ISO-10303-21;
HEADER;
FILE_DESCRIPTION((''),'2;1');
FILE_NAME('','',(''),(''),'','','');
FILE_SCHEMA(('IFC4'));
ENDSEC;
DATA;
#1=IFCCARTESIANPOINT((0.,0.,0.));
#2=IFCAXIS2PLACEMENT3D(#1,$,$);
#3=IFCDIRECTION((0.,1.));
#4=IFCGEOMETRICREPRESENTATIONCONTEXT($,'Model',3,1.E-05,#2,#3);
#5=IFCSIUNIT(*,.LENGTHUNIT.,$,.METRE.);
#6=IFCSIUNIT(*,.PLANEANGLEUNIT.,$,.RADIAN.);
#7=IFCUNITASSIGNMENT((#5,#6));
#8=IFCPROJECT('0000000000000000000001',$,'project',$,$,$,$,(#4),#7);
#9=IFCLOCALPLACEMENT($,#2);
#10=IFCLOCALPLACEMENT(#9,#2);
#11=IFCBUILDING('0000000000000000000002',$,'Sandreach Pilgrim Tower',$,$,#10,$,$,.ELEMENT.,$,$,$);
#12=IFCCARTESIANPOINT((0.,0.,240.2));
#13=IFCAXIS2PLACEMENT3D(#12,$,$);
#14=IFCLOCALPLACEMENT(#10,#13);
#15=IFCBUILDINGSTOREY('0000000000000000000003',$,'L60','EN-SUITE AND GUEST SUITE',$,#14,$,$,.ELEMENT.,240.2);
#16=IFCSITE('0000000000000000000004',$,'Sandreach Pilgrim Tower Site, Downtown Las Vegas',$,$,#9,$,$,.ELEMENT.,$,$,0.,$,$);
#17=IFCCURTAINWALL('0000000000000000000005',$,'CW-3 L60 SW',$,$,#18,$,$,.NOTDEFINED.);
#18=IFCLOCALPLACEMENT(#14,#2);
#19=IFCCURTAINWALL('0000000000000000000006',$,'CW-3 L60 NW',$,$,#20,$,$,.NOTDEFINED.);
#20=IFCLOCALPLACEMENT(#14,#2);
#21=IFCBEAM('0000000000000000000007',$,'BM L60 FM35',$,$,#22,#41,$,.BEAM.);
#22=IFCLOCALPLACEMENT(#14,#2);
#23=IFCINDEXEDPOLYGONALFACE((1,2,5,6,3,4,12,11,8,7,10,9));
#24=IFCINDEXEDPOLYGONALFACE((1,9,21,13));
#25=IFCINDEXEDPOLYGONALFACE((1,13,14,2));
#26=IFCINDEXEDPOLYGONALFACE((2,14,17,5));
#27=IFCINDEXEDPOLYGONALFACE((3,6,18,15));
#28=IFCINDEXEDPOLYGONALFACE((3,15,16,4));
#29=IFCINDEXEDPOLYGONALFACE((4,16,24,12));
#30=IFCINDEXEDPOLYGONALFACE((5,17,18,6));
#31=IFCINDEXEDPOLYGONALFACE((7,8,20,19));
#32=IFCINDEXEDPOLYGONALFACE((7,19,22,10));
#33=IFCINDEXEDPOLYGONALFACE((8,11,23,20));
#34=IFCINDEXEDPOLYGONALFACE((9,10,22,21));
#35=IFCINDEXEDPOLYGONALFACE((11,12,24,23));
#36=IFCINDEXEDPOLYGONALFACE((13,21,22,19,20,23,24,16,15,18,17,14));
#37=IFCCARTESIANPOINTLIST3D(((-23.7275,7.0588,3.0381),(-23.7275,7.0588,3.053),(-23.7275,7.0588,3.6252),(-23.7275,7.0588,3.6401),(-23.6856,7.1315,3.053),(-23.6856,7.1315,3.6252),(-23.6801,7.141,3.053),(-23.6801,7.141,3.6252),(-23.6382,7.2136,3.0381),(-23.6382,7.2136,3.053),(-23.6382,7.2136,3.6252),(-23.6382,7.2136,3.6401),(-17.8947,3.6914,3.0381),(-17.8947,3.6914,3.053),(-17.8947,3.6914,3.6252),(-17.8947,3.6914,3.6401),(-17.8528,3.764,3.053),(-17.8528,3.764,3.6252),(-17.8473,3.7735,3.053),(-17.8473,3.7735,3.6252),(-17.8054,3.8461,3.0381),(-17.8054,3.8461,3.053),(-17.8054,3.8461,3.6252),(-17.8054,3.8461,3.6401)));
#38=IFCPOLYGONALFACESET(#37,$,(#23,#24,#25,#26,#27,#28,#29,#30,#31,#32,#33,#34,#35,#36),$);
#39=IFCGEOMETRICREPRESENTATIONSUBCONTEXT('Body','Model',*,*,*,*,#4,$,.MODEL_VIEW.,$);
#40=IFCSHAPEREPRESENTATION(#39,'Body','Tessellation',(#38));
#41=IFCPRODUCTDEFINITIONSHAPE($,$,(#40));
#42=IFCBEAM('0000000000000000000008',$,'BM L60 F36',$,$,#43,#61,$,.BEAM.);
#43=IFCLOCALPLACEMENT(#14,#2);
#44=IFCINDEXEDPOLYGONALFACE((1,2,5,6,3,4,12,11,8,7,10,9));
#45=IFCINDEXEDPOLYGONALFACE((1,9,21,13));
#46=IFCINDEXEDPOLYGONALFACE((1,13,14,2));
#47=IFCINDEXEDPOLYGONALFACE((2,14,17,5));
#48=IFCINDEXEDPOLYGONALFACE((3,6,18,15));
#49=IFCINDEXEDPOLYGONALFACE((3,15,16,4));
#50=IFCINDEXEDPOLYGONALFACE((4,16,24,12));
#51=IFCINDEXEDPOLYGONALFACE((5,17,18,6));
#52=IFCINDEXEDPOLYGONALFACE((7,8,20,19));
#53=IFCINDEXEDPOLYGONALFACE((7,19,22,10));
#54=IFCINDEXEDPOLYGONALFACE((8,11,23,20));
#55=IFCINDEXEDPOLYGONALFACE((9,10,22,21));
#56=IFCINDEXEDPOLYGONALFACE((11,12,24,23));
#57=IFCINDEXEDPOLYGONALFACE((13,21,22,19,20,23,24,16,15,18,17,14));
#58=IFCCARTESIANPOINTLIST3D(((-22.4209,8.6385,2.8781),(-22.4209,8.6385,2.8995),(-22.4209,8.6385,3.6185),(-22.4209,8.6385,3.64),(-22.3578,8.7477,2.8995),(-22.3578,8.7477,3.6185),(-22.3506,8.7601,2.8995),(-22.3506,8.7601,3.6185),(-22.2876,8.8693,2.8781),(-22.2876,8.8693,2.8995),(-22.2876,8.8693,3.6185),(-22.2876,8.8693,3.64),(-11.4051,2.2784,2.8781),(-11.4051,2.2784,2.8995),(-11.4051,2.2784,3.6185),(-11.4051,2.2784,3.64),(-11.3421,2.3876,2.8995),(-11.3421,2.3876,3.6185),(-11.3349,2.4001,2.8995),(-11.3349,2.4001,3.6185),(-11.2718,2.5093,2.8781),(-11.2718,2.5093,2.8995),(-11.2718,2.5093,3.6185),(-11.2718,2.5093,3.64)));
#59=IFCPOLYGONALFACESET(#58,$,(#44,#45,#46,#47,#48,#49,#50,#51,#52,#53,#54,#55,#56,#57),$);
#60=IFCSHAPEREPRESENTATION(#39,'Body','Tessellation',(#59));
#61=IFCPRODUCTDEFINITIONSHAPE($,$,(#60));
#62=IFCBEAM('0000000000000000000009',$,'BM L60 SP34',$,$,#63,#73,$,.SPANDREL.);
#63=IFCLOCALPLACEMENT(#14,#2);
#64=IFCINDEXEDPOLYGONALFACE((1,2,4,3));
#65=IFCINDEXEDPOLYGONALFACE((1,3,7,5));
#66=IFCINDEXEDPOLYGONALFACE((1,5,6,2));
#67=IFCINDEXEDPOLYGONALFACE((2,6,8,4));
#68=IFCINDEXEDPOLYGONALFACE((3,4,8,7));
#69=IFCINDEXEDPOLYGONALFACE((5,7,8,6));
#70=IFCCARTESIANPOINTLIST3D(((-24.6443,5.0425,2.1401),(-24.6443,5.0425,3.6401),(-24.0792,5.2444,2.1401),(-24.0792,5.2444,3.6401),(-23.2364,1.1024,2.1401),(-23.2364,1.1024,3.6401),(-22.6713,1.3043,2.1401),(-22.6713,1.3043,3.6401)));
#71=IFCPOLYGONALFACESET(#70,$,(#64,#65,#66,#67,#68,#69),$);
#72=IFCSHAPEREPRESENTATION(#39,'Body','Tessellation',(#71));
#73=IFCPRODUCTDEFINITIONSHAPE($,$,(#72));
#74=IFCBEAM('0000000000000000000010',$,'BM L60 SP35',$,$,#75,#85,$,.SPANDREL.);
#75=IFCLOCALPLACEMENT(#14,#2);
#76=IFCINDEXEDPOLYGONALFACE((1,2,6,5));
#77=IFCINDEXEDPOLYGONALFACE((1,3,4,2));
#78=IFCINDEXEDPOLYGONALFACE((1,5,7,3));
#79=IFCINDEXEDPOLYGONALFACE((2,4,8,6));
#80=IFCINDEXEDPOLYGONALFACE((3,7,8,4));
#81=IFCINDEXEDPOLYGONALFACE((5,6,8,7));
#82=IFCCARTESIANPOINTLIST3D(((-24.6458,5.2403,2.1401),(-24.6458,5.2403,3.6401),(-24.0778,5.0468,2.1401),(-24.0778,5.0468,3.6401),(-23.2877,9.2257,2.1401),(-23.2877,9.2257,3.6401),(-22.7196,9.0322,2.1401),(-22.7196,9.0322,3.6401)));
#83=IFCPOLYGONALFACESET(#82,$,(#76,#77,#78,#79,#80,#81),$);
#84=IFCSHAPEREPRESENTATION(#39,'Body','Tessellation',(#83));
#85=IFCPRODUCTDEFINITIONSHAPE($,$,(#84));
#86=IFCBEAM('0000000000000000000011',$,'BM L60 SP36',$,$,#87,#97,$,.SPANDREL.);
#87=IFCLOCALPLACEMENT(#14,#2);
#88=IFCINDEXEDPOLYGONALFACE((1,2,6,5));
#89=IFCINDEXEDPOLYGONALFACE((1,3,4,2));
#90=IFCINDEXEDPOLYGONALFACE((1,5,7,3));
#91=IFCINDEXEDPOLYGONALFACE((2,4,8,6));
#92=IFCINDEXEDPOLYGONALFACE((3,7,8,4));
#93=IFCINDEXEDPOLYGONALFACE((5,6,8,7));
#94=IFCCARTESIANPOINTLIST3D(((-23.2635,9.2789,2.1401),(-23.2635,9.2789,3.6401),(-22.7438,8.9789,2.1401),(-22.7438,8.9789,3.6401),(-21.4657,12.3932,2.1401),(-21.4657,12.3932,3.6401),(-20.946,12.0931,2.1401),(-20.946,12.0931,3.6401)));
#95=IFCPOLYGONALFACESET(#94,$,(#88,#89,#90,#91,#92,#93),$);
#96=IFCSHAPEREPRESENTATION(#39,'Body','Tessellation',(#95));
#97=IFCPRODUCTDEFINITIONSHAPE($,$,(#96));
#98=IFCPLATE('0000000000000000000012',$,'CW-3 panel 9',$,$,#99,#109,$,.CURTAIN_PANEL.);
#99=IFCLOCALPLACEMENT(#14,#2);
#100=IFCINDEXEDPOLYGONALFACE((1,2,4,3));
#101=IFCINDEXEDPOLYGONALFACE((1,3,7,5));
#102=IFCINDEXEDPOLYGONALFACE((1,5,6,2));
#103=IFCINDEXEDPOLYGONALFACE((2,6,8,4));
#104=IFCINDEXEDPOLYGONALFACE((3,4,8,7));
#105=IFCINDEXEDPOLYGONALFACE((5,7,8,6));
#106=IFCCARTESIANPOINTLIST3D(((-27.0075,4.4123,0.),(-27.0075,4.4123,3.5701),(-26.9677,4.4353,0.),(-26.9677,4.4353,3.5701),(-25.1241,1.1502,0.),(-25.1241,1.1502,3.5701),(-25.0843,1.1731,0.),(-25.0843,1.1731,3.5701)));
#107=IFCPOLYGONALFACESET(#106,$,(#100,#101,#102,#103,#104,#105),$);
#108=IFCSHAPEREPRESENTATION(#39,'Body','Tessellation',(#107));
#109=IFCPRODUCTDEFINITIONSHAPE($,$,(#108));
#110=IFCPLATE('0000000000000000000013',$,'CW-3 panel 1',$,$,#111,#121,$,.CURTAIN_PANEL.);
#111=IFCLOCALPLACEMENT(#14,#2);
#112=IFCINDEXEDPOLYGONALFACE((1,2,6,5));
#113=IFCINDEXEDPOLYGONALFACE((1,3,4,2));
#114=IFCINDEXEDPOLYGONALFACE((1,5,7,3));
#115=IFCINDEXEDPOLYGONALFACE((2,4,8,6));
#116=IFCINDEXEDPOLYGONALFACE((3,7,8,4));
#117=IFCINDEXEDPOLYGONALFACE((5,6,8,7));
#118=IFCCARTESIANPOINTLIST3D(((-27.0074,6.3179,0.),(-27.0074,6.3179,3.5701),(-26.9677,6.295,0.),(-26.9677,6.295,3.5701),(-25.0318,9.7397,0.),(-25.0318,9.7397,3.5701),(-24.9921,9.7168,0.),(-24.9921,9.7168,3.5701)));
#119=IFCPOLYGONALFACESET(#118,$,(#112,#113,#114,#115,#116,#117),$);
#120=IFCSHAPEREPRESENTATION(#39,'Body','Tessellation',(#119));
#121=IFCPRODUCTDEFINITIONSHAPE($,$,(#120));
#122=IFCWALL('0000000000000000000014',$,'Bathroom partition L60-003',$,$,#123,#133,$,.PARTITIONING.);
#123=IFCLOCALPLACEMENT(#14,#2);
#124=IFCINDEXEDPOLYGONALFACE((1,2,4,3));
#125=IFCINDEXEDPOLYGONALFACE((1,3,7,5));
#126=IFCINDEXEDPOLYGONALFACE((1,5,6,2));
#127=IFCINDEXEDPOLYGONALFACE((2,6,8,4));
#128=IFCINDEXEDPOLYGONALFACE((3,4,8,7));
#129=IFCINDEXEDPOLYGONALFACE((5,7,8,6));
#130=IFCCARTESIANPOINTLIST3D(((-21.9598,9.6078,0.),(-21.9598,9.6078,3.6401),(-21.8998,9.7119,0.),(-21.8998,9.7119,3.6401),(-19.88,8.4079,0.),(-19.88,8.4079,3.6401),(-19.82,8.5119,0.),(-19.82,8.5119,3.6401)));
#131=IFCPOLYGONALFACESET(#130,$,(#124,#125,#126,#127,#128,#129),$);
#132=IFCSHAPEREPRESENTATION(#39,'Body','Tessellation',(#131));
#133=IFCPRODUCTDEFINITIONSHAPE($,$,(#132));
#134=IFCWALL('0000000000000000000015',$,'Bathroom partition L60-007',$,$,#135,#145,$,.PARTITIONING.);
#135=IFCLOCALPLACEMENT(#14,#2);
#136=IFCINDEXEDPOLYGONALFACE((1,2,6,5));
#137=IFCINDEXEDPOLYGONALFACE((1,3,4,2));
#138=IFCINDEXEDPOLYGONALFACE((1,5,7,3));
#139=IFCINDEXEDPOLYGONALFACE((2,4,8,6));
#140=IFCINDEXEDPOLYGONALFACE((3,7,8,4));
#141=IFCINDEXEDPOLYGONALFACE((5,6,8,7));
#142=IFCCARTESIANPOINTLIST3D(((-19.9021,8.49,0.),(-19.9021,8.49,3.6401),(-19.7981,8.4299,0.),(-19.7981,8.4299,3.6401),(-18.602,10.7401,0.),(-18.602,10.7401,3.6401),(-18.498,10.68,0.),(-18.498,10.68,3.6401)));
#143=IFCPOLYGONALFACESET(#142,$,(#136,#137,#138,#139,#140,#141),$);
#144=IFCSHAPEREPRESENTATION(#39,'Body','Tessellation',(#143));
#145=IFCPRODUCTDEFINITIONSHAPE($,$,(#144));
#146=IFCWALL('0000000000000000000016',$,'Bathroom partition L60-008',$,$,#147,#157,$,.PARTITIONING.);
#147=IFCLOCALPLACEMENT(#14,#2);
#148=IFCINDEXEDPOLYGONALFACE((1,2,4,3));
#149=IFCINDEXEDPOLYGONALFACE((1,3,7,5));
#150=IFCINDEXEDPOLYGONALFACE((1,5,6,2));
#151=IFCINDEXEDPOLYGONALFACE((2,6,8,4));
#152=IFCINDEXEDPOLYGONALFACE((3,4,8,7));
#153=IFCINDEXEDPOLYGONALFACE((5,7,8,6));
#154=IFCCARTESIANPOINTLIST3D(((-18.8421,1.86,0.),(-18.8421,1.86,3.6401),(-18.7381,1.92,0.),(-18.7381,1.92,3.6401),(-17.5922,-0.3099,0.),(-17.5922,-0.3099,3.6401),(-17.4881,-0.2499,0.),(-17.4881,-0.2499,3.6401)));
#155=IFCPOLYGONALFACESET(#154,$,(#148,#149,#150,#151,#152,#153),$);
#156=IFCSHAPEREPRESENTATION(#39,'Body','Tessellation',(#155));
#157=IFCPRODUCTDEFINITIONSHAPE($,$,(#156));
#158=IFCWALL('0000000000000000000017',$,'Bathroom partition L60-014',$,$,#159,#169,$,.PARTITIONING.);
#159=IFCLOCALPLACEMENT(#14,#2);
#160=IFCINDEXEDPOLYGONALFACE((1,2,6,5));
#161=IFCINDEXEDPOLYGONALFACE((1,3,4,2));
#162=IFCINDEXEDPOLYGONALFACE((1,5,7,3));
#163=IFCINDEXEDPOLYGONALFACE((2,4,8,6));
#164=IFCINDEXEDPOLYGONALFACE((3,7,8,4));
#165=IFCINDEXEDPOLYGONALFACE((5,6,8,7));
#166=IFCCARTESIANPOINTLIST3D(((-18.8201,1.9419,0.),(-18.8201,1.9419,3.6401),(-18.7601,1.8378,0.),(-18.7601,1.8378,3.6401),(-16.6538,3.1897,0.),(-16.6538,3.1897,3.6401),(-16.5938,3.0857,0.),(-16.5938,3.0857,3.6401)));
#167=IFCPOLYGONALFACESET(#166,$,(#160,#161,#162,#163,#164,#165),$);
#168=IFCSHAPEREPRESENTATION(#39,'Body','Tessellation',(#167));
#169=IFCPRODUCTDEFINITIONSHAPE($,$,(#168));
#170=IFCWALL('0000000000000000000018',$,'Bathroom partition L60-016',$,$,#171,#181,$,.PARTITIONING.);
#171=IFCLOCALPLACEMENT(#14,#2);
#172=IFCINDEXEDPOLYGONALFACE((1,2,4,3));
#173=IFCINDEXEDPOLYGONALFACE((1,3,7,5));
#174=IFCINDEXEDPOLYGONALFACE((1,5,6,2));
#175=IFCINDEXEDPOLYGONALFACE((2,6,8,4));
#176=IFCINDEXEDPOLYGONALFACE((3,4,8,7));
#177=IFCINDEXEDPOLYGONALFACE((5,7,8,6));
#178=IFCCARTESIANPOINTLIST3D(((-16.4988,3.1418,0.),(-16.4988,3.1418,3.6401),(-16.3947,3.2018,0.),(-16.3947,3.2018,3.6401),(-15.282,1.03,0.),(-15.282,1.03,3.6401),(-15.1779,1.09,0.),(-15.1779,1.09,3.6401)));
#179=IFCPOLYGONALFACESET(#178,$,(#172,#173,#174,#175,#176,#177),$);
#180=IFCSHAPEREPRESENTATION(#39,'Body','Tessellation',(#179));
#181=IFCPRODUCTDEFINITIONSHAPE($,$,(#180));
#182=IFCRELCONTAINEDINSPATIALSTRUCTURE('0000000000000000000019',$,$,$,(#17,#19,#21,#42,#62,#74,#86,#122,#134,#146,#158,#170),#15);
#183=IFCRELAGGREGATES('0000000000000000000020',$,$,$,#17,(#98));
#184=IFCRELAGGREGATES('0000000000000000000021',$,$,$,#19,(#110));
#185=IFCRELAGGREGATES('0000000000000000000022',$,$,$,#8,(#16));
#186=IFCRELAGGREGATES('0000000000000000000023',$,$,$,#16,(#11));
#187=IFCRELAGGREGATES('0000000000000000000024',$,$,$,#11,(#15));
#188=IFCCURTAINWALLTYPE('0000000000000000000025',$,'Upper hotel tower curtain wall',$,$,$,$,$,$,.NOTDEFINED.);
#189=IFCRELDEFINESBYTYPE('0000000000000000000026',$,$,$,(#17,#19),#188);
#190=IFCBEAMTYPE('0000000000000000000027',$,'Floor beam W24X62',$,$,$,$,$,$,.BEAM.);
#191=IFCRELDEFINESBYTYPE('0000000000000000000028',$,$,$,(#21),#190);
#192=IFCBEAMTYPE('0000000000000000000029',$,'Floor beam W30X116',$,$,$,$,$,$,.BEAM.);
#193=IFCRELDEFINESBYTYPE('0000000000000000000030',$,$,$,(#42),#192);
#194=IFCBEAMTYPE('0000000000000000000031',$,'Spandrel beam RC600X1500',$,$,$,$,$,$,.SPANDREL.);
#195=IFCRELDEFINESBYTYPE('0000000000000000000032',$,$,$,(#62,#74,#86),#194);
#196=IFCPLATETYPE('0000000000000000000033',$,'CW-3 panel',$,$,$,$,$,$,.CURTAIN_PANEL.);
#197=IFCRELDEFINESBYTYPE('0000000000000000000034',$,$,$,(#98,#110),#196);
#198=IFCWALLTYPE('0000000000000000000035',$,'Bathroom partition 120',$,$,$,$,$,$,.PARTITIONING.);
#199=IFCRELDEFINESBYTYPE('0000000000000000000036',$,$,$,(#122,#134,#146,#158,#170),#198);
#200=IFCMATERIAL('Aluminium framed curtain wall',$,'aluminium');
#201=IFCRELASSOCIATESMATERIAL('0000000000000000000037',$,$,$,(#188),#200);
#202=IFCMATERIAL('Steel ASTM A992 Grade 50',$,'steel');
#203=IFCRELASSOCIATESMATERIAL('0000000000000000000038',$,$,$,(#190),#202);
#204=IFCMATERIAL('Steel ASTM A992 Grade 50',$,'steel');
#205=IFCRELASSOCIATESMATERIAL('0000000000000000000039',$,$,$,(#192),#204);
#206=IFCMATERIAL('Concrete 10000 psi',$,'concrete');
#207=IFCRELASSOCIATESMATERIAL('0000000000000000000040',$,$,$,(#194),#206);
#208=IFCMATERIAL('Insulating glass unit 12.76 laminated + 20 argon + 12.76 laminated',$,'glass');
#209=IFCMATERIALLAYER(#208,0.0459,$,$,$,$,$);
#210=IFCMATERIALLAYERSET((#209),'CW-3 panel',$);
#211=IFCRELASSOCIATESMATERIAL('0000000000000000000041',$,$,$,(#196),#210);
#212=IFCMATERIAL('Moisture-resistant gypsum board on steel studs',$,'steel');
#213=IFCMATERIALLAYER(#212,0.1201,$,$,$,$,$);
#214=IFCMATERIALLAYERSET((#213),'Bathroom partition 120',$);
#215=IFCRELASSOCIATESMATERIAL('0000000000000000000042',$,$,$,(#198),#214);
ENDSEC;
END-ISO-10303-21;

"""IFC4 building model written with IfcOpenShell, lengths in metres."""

from ifc_helpers import new_model, si_unit, direction, frame, frame_2d, origin, origin_2d, place, context, subcontext, project, spatial, rectangle, i_section, extrude, material, layer, layer_set, material_profile, profile_set, type_object, element, aggregate, save


model = new_model("IFC4")

# Units and contexts
model_context = context("Model", 3, precision=1e-05, world=origin(), true_north=direction((0.0, 1.0)))
body_context = subcontext(model_context, "Body", "Model", "MODEL_VIEW")
ifc_project = project(units=[si_unit("LENGTHUNIT", "METRE"), si_unit("PLANEANGLEUNIT", "RADIAN")], contexts=[model_context])

# Site, building, storey
site_placement = place(None, origin())
site = spatial("IfcSite", under=ifc_project, at=site_placement, Name="Sandreach Pilgrim Tower Site, Downtown Las Vegas", CompositionType="ELEMENT", RefElevation=0.0)
building_placement = place(site_placement, origin())
building = spatial("IfcBuilding", under=site, at=building_placement, Name="Sandreach Pilgrim Tower", CompositionType="ELEMENT")
storey_placement = place(building_placement, frame((0.0, 0.0, 240.2)))
storey = spatial("IfcBuildingStorey", under=building, at=storey_placement, Name="L60", Description="EN-SUITE AND GUEST SUITE", CompositionType="ELEMENT", Elevation=240.2)

# Curtain wall
ifc_material_1 = material(Name="Aluminium framed curtain wall", Category="aluminium")
curtain_wall_type = type_object("IfcCurtainWallType", Name="Upper hotel tower curtain wall", PredefinedType="NOTDEFINED", material=ifc_material_1)
curtain_wall_1_placement = place(storey_placement, origin())
curtain_wall_1 = element("IfcCurtainWall", 1, at=curtain_wall_1_placement, inside=storey, type_object=curtain_wall_type, Name="CW-3 L60 SW", PredefinedType="NOTDEFINED")

# Curtain wall
curtain_wall_2_placement = place(storey_placement, origin())
curtain_wall_2 = element("IfcCurtainWall", 2, at=curtain_wall_2_placement, inside=storey, type_object=curtain_wall_type, Name="CW-3 L60 NW", PredefinedType="NOTDEFINED")

# Beams
ifc_material_2 = material(Name="Steel ASTM A992 Grade 50", Category="steel")
ifc_material_profile_1 = material_profile(ifc_material_2, i_section(OverallWidth=0.1787, OverallDepth=0.6021, WebThickness=0.011, FlangeThickness=0.0149, at=origin_2d()), Name="W24X62")
ifc_profile_set_1 = profile_set([ifc_material_profile_1], Name="Steel ASTM A992 Grade 50")
beam_type_1 = type_object("IfcBeamType", Name="Floor beam W24X62", PredefinedType="BEAM", material=ifc_profile_set_1)
beam_1_placement = place(storey_placement, frame((-23.6829, 7.1362, 3.3391), z_axis=(0.866033, -0.499987, 0.0), x_axis=(0.499987, 0.866033, 0.0)))
element("IfcBeam", 3, at=beam_1_placement, inside=storey, type_object=beam_type_1, Name="BM L60 FM35", PredefinedType="BEAM", context=body_context, shape_type="SweptSolid", body=[
    extrude(i_section(OverallWidth=0.1787, OverallDepth=0.6021, WebThickness=0.011, FlangeThickness=0.0149, at=origin_2d()), origin(), (0.0, 0.0, 1.0), 6.7351),
])
ifc_material_3 = material(Name="Steel ASTM A992 Grade 50", Category="steel")
ifc_material_profile_2 = material_profile(ifc_material_3, i_section(OverallWidth=0.2666, OverallDepth=0.762, WebThickness=0.0144, FlangeThickness=0.0215, at=origin_2d()), Name="W30X116")
ifc_profile_set_2 = profile_set([ifc_material_profile_2], Name="Steel ASTM A992 Grade 50")
beam_type_2 = type_object("IfcBeamType", Name="Floor beam W30X116", PredefinedType="BEAM", material=ifc_profile_set_2)
beam_2_placement = place(storey_placement, frame((-22.3542, 8.7539, 3.259), z_axis=(0.866022, -0.500005, 0.0), x_axis=(0.500005, 0.866022, 0.0)))
element("IfcBeam", 4, at=beam_2_placement, inside=storey, type_object=beam_type_2, Name="BM L60 F36", PredefinedType="BEAM", context=body_context, shape_type="SweptSolid", body=[
    extrude(i_section(OverallWidth=0.2666, OverallDepth=0.762, WebThickness=0.0144, FlangeThickness=0.0215, at=origin_2d()), origin(), (0.0, 0.0, 1.0), 12.72),
])
ifc_material_4 = material(Name="Concrete 10000 psi", Category="concrete")
ifc_material_profile_3 = material_profile(ifc_material_4, rectangle(XDim=0.6001, YDim=1.5, at=origin_2d()), Name="RC600X1500")
ifc_profile_set_3 = profile_set([ifc_material_profile_3], Name="Concrete 10000 psi")
beam_type_3 = type_object("IfcBeamType", Name="Spandrel beam RC600X1500", PredefinedType="SPANDREL", material=ifc_profile_set_3)
beam_3_placement = place(storey_placement, frame((-22.9539, 1.2034, 2.8901), z_axis=(-0.336495, 0.941685, 0.0), x_axis=(-0.941685, -0.336495, 0.0)))
element("IfcBeam", 5, at=beam_3_placement, inside=storey, type_object=beam_type_3, Name="BM L60 SP34", PredefinedType="SPANDREL", context=body_context, shape_type="SweptSolid", body=[
    extrude(rectangle(XDim=0.6001, YDim=1.5, at=origin_2d()), origin(), (0.0, 0.0, 1.0), 4.1841),
])
beam_4_placement = place(storey_placement, frame((-24.3618, 5.1436, 2.8901), z_axis=(0.32257, 0.946546, 0.0), x_axis=(-0.946546, 0.32257, 0.0)))
element("IfcBeam", 6, at=beam_4_placement, inside=storey, type_object=beam_type_3, Name="BM L60 SP35", PredefinedType="SPANDREL", context=body_context, shape_type="SweptSolid", body=[
    extrude(rectangle(XDim=0.6001, YDim=1.5, at=origin_2d()), origin(), (0.0, 0.0, 1.0), 4.2104),
])
beam_5_placement = place(storey_placement, frame((-23.0037, 9.1289, 2.8901), z_axis=(0.499965, 0.866045, 0.0), x_axis=(-0.866045, 0.499965, 0.0)))
element("IfcBeam", 7, at=beam_5_placement, inside=storey, type_object=beam_type_3, Name="BM L60 SP36", PredefinedType="SPANDREL", context=body_context, shape_type="SweptSolid", body=[
    extrude(rectangle(XDim=0.6001, YDim=1.5, at=origin_2d()), origin(), (0.0, 0.0, 1.0), 3.5959),
])

# Plates
ifc_material_5 = material(Name="Insulating glass unit 12.76 laminated + 20 argon + 12.76 laminated", Category="glass")
ifc_layer_1 = layer(ifc_material_5, 0.0459)
ifc_layer_set_1 = layer_set([ifc_layer_1], Name="CW-3 panel")
plate_type = type_object("IfcPlateType", Name="CW-3 panel", PredefinedType="CURTAIN_PANEL", material=ifc_layer_set_1)
plate_1_placement = place(storey_placement, frame((-26.0459, 2.7927, 0.0), z_axis=(0.0, 0.0, 1.0), x_axis=(-0.5, 0.866025, 0.0)))
plate_1 = element("IfcPlate", 8, at=plate_1_placement, type_object=plate_type, Name="CW-3 panel 9", PredefinedType="CURTAIN_PANEL", context=body_context, shape_type="SweptSolid", body=[
    extrude(rectangle(XDim=3.7668, YDim=0.0459, at=origin_2d()), origin(), (0.0, 0.0, 1.0), 3.5701),
])
aggregate(curtain_wall_1, [plate_1])
plate_2_placement = place(storey_placement, frame((-25.9998, 8.0173, 0.0), z_axis=(0.0, 0.0, 1.0), x_axis=(0.5, 0.866025, 0.0)))
plate_2 = element("IfcPlate", 9, at=plate_2_placement, type_object=plate_type, Name="CW-3 panel 1", PredefinedType="CURTAIN_PANEL", context=body_context, shape_type="SweptSolid", body=[
    extrude(rectangle(XDim=3.9512, YDim=0.0459, at=origin_2d()), origin(), (0.0, 0.0, 1.0), 3.5701),
])
aggregate(curtain_wall_2, [plate_2])

# Walls
ifc_material_6 = material(Name="Moisture-resistant gypsum board on steel studs", Category="steel")
ifc_layer_2 = layer(ifc_material_6, 0.1201)
ifc_layer_set_2 = layer_set([ifc_layer_2], Name="Bathroom partition 120")
wall_type_1 = type_object("IfcWallType", Name="Bathroom partition 120", PredefinedType="PARTITIONING", material=ifc_layer_set_2)
wall_1_placement = place(storey_placement, frame((-21.9299, 9.6599, 0.0), z_axis=(0.0, 0.0, 1.0), x_axis=(0.866177, -0.499737, 0.0)))
element("IfcWall", 10, at=wall_1_placement, inside=storey, type_object=wall_type_1, Name="Bathroom partition L60-003", PredefinedType="PARTITIONING", context=body_context, shape_type="SweptSolid", body=[
    extrude(rectangle(XDim=2.4011, YDim=0.1201, at=frame_2d((1.2007, 0.0))), origin(), (0.0, 0.0, 1.0), 3.6401),
])
wall_2_placement = place(storey_placement, frame((-19.8501, 8.46, 0.0), z_axis=(0.0, 0.0, 1.0), x_axis=(0.500292, 0.865857, 0.0)))
element("IfcWall", 11, at=wall_2_placement, inside=storey, type_object=wall_type_1, Name="Bathroom partition L60-007", PredefinedType="PARTITIONING", context=body_context, shape_type="SweptSolid", body=[
    extrude(rectangle(XDim=2.5986, YDim=0.1201, at=frame_2d((1.2993, 0.0))), origin(), (0.0, 0.0, 1.0), 3.6401),
])
wall_3_placement = place(storey_placement, frame((-18.79, 1.8899, 0.0), z_axis=(0.0, 0.0, 1.0), x_axis=(0.49916, -0.86651, 0.0)))
element("IfcWall", 12, at=wall_3_placement, inside=storey, type_object=wall_type_1, Name="Bathroom partition L60-008", PredefinedType="PARTITIONING", context=body_context, shape_type="SweptSolid", body=[
    extrude(rectangle(XDim=2.5042, YDim=0.1201, at=frame_2d((1.252, 0.0))), origin(), (0.0, 0.0, 1.0), 3.6401),
])
wall_4_placement = place(storey_placement, frame((-16.6238, 3.1377, 0.0), z_axis=(0.0, 0.0, 1.0), x_axis=(-0.866525, -0.499133, 0.0)))
element("IfcWall", 13, at=wall_4_placement, inside=storey, type_object=wall_type_1, Name="Bathroom partition L60-014", PredefinedType="PARTITIONING", context=body_context, shape_type="SweptSolid", body=[
    extrude(rectangle(XDim=2.5, YDim=0.1201, at=frame_2d((1.25, 0.0))), origin(), (0.0, 0.0, 1.0), 3.6401),
])
wall_5_placement = place(storey_placement, frame((-16.4468, 3.1719, 0.0), z_axis=(0.0, 0.0, 1.0), x_axis=(0.499243, -0.866462, 0.0)))
element("IfcWall", 14, at=wall_5_placement, inside=storey, type_object=wall_type_1, Name="Bathroom partition L60-016", PredefinedType="PARTITIONING", context=body_context, shape_type="SweptSolid", body=[
    extrude(rectangle(XDim=2.4373, YDim=0.1201, at=frame_2d((1.2188, 0.0))), origin(), (0.0, 0.0, 1.0), 3.6401),
])

save(model, "model.ifc")
